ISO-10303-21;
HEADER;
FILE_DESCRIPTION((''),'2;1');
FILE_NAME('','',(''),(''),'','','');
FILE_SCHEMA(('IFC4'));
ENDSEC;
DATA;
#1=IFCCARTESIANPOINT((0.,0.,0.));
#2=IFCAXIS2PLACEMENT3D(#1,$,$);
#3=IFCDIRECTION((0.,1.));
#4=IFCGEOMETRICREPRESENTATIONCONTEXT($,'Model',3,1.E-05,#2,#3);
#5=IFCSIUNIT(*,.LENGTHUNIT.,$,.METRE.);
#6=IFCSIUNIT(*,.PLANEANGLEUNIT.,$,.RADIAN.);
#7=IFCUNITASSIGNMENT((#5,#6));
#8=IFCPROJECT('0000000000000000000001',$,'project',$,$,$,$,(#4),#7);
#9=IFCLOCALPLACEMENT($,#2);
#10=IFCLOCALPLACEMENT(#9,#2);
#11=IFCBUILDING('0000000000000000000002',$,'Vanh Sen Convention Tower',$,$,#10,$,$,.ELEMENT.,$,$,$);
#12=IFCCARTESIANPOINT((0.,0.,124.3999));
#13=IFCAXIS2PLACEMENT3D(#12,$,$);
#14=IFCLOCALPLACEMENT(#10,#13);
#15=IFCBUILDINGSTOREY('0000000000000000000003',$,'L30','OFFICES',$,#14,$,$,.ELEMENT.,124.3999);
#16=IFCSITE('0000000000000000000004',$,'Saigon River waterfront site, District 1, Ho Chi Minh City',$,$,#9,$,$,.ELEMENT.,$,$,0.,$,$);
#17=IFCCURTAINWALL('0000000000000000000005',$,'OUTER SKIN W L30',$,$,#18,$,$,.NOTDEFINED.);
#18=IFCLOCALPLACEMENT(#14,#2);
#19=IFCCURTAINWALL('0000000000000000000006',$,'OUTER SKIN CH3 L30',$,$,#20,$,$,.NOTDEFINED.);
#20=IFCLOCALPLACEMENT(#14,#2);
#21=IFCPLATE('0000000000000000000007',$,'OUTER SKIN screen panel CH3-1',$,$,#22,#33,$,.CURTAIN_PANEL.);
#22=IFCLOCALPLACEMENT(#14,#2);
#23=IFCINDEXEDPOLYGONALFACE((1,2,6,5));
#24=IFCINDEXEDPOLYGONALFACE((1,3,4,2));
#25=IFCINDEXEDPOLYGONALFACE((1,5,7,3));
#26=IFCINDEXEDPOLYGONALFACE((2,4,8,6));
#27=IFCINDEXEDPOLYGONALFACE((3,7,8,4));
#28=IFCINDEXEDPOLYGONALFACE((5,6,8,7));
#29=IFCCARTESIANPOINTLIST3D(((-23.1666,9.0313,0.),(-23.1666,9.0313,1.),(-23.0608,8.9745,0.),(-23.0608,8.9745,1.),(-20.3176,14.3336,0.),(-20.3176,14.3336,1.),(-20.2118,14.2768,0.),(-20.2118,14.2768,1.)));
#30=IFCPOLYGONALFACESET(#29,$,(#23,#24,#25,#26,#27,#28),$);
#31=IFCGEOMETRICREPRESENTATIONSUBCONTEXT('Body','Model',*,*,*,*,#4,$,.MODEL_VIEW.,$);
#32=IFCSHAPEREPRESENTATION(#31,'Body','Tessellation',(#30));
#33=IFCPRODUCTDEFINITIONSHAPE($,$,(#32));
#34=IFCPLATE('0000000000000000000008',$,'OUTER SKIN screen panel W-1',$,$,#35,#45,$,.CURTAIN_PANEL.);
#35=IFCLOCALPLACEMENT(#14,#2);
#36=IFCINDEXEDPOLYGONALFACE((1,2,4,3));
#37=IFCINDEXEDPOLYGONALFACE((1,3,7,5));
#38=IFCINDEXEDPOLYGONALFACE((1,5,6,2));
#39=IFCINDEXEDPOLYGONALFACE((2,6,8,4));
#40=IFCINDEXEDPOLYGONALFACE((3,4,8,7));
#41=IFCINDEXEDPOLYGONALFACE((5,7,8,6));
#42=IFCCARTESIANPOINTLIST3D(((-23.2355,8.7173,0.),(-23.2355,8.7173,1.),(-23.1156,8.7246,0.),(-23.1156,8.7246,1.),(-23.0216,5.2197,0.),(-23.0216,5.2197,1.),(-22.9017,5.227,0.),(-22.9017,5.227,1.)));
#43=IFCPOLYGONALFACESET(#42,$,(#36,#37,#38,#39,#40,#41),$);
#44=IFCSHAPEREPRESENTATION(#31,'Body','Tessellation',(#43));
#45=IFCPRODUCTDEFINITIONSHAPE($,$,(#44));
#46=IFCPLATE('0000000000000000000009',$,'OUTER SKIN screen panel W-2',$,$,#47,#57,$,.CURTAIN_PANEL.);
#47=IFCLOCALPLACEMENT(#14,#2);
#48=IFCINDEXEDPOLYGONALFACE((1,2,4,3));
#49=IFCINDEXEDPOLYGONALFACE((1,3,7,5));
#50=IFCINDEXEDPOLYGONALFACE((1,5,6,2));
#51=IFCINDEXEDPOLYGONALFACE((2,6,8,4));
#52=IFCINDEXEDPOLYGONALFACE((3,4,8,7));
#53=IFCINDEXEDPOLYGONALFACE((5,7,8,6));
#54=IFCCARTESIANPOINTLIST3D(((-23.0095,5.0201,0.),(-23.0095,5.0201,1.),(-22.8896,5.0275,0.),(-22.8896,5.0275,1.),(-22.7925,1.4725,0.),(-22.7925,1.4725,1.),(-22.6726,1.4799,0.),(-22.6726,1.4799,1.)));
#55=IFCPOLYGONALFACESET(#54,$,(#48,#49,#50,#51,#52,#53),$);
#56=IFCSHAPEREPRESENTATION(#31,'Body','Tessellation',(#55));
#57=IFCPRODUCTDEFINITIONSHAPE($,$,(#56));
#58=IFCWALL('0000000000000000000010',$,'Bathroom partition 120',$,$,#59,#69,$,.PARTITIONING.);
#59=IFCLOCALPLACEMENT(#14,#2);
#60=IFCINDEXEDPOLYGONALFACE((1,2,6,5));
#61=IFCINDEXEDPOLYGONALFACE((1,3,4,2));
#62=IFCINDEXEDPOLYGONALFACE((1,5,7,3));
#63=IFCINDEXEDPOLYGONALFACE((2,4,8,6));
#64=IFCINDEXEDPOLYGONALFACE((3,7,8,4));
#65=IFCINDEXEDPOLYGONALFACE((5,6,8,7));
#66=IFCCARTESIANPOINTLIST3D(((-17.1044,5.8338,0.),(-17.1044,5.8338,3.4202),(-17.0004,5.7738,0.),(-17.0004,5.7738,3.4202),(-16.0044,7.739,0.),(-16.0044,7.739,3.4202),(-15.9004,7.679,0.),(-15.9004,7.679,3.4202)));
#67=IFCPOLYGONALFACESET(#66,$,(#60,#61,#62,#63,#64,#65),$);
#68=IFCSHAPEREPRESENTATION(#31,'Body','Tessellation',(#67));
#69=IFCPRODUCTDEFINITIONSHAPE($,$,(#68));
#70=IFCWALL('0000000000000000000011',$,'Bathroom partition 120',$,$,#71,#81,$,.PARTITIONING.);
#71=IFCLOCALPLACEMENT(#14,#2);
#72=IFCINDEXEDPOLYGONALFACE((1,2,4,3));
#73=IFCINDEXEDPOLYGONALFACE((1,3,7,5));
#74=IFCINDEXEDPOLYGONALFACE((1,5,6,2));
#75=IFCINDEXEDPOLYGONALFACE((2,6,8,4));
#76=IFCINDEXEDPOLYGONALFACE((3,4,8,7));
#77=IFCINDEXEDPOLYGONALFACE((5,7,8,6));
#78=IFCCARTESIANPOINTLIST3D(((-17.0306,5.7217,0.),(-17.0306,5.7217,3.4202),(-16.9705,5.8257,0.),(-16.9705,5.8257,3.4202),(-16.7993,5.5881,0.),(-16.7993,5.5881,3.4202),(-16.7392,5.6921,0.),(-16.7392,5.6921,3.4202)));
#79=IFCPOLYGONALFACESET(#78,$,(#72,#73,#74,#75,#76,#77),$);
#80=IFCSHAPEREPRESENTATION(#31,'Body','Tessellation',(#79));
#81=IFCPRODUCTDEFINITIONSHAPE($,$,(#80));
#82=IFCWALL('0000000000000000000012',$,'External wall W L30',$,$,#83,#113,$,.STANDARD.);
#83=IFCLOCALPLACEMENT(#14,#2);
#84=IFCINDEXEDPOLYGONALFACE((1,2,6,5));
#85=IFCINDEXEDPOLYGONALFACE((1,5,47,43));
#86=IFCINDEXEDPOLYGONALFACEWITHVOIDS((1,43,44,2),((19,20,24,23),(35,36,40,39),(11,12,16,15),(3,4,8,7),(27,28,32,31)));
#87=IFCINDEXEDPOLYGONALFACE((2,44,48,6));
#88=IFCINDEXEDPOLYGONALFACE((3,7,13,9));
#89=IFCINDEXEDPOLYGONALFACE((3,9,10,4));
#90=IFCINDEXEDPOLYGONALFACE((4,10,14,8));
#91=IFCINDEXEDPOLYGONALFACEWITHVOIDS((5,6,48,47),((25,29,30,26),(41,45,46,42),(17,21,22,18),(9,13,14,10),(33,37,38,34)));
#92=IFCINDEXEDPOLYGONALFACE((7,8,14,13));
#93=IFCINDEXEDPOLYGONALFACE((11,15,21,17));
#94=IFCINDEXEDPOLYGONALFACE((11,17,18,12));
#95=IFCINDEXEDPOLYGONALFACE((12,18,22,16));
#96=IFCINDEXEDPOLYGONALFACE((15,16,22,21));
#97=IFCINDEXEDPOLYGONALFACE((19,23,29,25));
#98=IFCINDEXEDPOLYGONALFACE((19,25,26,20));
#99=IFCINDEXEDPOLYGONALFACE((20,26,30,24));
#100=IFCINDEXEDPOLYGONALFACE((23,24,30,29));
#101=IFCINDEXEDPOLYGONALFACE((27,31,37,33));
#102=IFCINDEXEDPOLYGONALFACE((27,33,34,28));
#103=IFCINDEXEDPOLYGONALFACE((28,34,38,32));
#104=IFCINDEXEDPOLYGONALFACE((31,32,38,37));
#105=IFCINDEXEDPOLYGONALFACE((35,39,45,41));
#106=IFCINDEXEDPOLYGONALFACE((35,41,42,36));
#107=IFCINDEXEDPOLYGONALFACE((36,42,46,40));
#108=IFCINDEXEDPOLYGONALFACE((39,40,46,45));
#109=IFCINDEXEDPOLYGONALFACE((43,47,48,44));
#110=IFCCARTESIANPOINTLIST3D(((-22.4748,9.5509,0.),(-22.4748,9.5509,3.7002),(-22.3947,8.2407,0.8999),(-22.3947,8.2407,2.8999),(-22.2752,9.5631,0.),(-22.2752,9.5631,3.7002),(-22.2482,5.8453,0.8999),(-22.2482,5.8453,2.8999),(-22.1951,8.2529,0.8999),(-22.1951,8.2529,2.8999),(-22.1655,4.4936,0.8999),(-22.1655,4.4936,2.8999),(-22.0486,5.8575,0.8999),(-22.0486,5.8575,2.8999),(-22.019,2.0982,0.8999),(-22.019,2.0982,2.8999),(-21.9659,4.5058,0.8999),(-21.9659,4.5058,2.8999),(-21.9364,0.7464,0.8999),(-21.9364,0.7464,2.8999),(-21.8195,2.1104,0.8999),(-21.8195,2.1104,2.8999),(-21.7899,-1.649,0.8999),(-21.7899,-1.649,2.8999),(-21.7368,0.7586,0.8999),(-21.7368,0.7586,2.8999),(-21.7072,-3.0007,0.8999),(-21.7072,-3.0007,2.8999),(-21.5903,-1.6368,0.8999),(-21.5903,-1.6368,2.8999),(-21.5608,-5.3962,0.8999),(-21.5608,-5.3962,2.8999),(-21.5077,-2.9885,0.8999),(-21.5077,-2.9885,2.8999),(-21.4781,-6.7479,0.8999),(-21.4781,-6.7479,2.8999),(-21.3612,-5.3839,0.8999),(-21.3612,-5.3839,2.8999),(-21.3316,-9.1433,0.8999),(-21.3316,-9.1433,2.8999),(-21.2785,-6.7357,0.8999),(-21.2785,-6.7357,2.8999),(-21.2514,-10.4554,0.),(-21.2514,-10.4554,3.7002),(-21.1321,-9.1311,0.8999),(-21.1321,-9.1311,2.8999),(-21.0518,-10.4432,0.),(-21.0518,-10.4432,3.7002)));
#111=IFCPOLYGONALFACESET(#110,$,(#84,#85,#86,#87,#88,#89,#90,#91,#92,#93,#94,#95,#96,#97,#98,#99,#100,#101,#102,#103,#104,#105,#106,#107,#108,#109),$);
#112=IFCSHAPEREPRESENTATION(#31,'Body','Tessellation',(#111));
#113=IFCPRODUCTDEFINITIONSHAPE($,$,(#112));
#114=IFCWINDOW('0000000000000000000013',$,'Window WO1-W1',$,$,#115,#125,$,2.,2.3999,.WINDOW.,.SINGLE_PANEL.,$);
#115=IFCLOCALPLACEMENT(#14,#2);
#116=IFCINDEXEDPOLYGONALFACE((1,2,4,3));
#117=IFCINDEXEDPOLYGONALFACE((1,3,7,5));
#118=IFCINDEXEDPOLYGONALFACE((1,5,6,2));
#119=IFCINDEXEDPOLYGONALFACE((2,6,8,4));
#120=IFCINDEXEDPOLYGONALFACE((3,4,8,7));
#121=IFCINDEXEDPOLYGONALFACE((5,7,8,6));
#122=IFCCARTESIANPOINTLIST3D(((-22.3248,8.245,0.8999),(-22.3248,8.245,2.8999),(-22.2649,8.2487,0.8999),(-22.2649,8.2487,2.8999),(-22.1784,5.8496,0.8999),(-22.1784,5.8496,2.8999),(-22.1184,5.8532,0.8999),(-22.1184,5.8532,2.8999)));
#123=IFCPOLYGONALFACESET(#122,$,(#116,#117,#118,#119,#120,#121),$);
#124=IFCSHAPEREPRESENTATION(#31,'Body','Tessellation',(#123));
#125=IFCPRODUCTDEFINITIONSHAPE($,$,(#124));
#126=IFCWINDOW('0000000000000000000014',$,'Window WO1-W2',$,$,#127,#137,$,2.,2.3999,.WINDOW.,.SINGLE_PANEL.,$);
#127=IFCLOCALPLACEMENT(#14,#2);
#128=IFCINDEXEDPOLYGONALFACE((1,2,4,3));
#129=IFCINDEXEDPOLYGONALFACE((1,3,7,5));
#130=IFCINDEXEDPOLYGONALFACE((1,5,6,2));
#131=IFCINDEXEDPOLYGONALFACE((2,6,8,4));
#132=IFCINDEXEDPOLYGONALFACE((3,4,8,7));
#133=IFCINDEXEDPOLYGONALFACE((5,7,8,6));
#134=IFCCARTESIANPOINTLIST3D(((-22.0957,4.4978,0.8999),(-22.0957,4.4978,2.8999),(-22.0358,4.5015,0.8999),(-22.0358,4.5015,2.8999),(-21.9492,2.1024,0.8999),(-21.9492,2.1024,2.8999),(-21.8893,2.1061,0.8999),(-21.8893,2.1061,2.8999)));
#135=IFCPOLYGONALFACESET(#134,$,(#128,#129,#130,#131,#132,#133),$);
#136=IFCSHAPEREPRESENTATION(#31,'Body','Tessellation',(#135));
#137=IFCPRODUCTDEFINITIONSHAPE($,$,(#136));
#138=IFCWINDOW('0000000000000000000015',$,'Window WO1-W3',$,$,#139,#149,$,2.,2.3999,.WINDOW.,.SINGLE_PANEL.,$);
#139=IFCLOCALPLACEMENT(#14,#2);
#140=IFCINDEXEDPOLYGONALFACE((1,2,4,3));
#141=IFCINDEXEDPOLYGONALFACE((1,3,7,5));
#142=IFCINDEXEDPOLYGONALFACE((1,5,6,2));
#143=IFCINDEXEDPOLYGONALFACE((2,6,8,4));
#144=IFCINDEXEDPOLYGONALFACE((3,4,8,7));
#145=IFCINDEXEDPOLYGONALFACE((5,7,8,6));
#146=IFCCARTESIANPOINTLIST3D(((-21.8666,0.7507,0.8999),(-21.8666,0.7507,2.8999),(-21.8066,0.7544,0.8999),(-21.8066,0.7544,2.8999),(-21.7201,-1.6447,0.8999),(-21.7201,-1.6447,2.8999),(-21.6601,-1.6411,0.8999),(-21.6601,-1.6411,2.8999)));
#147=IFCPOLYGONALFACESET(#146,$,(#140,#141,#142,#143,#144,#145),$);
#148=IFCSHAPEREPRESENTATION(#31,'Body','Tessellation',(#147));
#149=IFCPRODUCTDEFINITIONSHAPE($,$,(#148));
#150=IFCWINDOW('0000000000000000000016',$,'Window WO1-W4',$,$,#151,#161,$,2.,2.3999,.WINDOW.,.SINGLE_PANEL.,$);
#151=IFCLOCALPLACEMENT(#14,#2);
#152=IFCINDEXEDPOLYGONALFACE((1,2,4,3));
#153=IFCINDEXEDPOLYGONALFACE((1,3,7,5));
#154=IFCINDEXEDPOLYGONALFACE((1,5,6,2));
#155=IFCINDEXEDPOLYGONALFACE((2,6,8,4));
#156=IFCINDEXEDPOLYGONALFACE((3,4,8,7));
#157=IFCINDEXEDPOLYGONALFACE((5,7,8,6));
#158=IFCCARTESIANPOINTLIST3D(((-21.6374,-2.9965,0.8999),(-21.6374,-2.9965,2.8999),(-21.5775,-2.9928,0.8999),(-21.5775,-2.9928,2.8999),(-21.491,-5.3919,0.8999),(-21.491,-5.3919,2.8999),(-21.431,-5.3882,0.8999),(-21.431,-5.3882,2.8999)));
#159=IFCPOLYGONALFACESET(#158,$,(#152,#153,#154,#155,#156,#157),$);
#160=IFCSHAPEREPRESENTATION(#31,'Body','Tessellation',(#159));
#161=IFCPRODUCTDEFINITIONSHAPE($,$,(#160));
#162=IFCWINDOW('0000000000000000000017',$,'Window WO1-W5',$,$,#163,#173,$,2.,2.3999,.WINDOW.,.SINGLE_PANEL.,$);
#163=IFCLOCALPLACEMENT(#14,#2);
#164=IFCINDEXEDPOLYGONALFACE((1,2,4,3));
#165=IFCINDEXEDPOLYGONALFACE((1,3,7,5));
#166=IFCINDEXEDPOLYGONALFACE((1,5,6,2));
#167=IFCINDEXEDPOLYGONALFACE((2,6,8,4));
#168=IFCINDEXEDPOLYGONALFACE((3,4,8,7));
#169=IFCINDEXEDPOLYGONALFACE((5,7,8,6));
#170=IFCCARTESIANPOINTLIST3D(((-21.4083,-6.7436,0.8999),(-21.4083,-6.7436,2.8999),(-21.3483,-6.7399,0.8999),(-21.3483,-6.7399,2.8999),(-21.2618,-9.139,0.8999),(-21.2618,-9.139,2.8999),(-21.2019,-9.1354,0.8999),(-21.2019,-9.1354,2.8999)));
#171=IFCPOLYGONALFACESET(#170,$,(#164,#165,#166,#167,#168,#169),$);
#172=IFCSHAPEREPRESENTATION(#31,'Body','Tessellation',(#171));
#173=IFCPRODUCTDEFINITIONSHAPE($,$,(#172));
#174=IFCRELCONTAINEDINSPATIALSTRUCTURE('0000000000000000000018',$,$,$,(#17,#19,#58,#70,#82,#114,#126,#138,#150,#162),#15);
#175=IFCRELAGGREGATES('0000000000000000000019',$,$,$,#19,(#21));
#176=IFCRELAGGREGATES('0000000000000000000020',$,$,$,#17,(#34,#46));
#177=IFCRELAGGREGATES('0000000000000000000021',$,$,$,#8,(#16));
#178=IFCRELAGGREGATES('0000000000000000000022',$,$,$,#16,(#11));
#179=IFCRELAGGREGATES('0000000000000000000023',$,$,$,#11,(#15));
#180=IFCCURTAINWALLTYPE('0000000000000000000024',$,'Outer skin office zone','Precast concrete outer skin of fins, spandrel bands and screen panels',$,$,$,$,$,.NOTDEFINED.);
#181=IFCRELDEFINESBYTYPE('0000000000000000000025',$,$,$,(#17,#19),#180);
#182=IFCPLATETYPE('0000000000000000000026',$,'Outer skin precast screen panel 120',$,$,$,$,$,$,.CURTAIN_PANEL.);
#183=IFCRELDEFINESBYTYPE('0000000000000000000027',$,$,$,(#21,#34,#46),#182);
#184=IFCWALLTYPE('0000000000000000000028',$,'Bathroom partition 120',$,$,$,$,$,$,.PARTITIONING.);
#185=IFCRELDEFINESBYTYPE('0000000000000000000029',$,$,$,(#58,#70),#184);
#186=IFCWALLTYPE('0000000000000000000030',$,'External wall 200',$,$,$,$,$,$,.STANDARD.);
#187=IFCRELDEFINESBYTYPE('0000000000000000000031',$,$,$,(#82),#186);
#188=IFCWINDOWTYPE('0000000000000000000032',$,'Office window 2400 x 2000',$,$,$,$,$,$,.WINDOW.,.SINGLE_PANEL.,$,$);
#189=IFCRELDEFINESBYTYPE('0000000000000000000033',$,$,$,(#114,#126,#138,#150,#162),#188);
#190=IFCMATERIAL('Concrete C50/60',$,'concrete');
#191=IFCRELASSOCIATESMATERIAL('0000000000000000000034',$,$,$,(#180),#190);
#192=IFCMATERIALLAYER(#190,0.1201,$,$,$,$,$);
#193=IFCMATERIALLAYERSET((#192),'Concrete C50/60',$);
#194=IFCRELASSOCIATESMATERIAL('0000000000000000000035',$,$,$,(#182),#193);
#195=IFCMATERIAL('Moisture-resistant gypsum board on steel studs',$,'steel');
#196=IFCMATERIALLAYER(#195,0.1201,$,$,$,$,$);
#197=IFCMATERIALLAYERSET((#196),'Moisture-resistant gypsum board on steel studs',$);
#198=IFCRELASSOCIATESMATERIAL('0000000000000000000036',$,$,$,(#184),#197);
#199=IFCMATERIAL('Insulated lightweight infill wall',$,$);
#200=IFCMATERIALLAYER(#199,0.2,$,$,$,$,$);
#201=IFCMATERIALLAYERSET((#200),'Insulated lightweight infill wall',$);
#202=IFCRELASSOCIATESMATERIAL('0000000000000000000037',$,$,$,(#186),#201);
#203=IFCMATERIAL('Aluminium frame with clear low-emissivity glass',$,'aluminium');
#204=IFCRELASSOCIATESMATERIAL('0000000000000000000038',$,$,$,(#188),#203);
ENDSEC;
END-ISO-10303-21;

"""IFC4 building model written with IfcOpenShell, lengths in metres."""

from ifc_helpers import new_model, si_unit, direction, frame, frame_2d, origin, origin_2d, place, context, subcontext, project, spatial, rectangle, extrude, material, layer, layer_set, type_object, element, fill, aggregate, save


model = new_model("IFC4")

# Units and contexts
model_context = context("Model", 3, precision=1e-05, world=origin(), true_north=direction((0.0, 1.0)))
body_context = subcontext(model_context, "Body", "Model", "MODEL_VIEW")
ifc_project = project(units=[si_unit("LENGTHUNIT", "METRE"), si_unit("PLANEANGLEUNIT", "RADIAN")], contexts=[model_context])

# Site, building, storey
site_placement = place(None, origin())
site = spatial("IfcSite", under=ifc_project, at=site_placement, Name="Saigon River waterfront site, District 1, Ho Chi Minh City", CompositionType="ELEMENT", RefElevation=0.0)
building_placement = place(site_placement, origin())
building = spatial("IfcBuilding", under=site, at=building_placement, Name="Vanh Sen Convention Tower", CompositionType="ELEMENT")
storey_placement = place(building_placement, frame((0.0, 0.0, 124.3999)))
storey = spatial("IfcBuildingStorey", under=building, at=storey_placement, Name="L30", Description="OFFICES", CompositionType="ELEMENT", Elevation=124.3999)

# Curtain wall
ifc_material_1 = material(Name="Concrete C50/60", Category="concrete")
curtain_wall_type = type_object("IfcCurtainWallType", Name="Outer skin office zone", Description="Precast concrete outer skin of fins, spandrel bands and screen panels", PredefinedType="NOTDEFINED", material=ifc_material_1)
curtain_wall_1_placement = place(storey_placement, origin())
curtain_wall_1 = element("IfcCurtainWall", 1, at=curtain_wall_1_placement, inside=storey, type_object=curtain_wall_type, Name="OUTER SKIN W L30", PredefinedType="NOTDEFINED")

# Curtain wall, plate
curtain_wall_2_placement = place(storey_placement, origin())
curtain_wall_2 = element("IfcCurtainWall", 2, at=curtain_wall_2_placement, inside=storey, type_object=curtain_wall_type, Name="OUTER SKIN CH3 L30", PredefinedType="NOTDEFINED")
ifc_layer_1 = layer(ifc_material_1, 0.1201)
ifc_layer_set_1 = layer_set([ifc_layer_1], Name="Concrete C50/60")
plate_type = type_object("IfcPlateType", Name="Outer skin precast screen panel 120", PredefinedType="CURTAIN_PANEL", material=ifc_layer_set_1)
plate_1_placement = place(storey_placement, frame((-21.6892, 11.6541, 0.0), z_axis=(0.0, 0.0, 1.0), x_axis=(-0.473318, -0.880892, 0.0)))
plate_1 = element("IfcPlate", 3, at=plate_1_placement, type_object=plate_type, Name="OUTER SKIN screen panel CH3-1", PredefinedType="CURTAIN_PANEL", context=body_context, shape_type="SweptSolid", body=[
    extrude(rectangle(XDim=6.0193, YDim=0.1201, at=origin_2d()), origin(), (0.0, 0.0, 1.0), 1.0),
])
aggregate(curtain_wall_2, [plate_1])

# Plates
plate_2_placement = place(storey_placement, frame((-23.0686, 6.9722, 0.0), z_axis=(0.0, 0.0, 1.0), x_axis=(0.061054, -0.998134, 0.0)))
plate_2 = element("IfcPlate", 4, at=plate_2_placement, type_object=plate_type, Name="OUTER SKIN screen panel W-1", PredefinedType="CURTAIN_PANEL", context=body_context, shape_type="SweptSolid", body=[
    extrude(rectangle(XDim=3.5042, YDim=0.1201, at=origin_2d()), origin(), (0.0, 0.0, 1.0), 1.0),
])
plate_3_placement = place(storey_placement, frame((-22.8411, 3.25, 0.0), z_axis=(0.0, 0.0, 1.0), x_axis=(0.061052, -0.998135, 0.0)))
plate_3 = element("IfcPlate", 5, at=plate_3_placement, type_object=plate_type, Name="OUTER SKIN screen panel W-2", PredefinedType="CURTAIN_PANEL", context=body_context, shape_type="SweptSolid", body=[
    extrude(rectangle(XDim=3.5542, YDim=0.1201, at=origin_2d()), origin(), (0.0, 0.0, 1.0), 1.0),
])
aggregate(curtain_wall_1, [plate_2, plate_3])

# Walls
ifc_material_2 = material(Name="Moisture-resistant gypsum board on steel studs", Category="steel")
ifc_layer_2 = layer(ifc_material_2, 0.1201)
ifc_layer_set_2 = layer_set([ifc_layer_2], Name="Moisture-resistant gypsum board on steel studs")
wall_type_1 = type_object("IfcWallType", Name="Bathroom partition 120", PredefinedType="PARTITIONING", material=ifc_layer_set_2)
wall_1_placement = place(storey_placement, frame((-17.0525, 5.8037, 0.0), z_axis=(0.0, 0.0, 1.0), x_axis=(0.50003, 0.866008, 0.0)))
element("IfcWall", 6, at=wall_1_placement, inside=storey, type_object=wall_type_1, Name="Bathroom partition 120", PredefinedType="PARTITIONING", context=body_context, shape_type="SweptSolid", body=[
    extrude(rectangle(XDim=2.2, YDim=0.1201, at=frame_2d((1.1001, 0.0))), origin(), (0.0, 0.0, 1.0), 3.4202),
])
wall_2_placement = place(storey_placement, frame((-16.7693, 5.6401, 0.0), z_axis=(0.0, 0.0, 1.0), x_axis=(-0.865927, 0.500171, 0.0)))
element("IfcWall", 7, at=wall_2_placement, inside=storey, type_object=wall_type_1, Name="Bathroom partition 120", PredefinedType="PARTITIONING", context=body_context, shape_type="SweptSolid", body=[
    extrude(rectangle(XDim=0.2671, YDim=0.1201, at=frame_2d((0.1335, 0.0))), origin(), (0.0, 0.0, 1.0), 3.4202),
])

# Wall, openings, windows
ifc_material_3 = material(Name="Insulated lightweight infill wall")
ifc_layer_3 = layer(ifc_material_3, 0.2)
ifc_layer_set_3 = layer_set([ifc_layer_3], Name="Insulated lightweight infill wall")
wall_type_2 = type_object("IfcWallType", Name="External wall 200", PredefinedType="STANDARD", material=ifc_layer_set_3)
wall_3_placement = place(storey_placement, frame((-22.375, 9.5571, 0.0), z_axis=(0.0, 0.0, 1.0), x_axis=(0.061036, -0.998136, 0.0)))
wall_3 = element("IfcWall", 8, at=wall_3_placement, inside=storey, type_object=wall_type_2, Name="External wall W L30", PredefinedType="STANDARD", context=body_context, shape_type="SweptSolid", body=[
    extrude(rectangle(XDim=20.0437, YDim=0.2, at=frame_2d((10.022, 0.0))), origin(), (0.0, 0.0, 1.0), 3.7002),
])
opening_1_placement = place(wall_3_placement, frame((1.3127, 0.0, 0.8999)))
opening_1 = element("IfcOpeningElement", 9, at=opening_1_placement, cuts=wall_3, PredefinedType="OPENING", context=body_context, shape_type="SweptSolid", body=[
    extrude(rectangle(XDim=2.3999, YDim=2.0, at=frame_2d((1.2, 1.0))), frame((0.0, 0.1099, 0.0), z_axis=(0.0, -1.0, 0.0), x_axis=(1.0, 0.0, 0.0)), (0.0, 0.0, 1.0), 0.22),
])
opening_2_placement = place(wall_3_placement, frame((5.0669, 0.0, 0.8999)))
opening_2 = element("IfcOpeningElement", 10, at=opening_2_placement, cuts=wall_3, PredefinedType="OPENING", context=body_context, shape_type="SweptSolid", body=[
    extrude(rectangle(XDim=2.3999, YDim=2.0, at=frame_2d((1.2, 1.0))), frame((0.0, 0.1099, 0.0), z_axis=(0.0, -1.0, 0.0), x_axis=(1.0, 0.0, 0.0)), (0.0, 0.0, 1.0), 0.22),
])
opening_3_placement = place(wall_3_placement, frame((8.821, 0.0, 0.8999)))
opening_3 = element("IfcOpeningElement", 11, at=opening_3_placement, cuts=wall_3, PredefinedType="OPENING", context=body_context, shape_type="SweptSolid", body=[
    extrude(rectangle(XDim=2.3999, YDim=2.0, at=frame_2d((1.2, 1.0))), frame((0.0, 0.1099, 0.0), z_axis=(0.0, -1.0, 0.0), x_axis=(1.0, 0.0, 0.0)), (0.0, 0.0, 1.0), 0.22),
])
opening_4_placement = place(wall_3_placement, frame((12.5752, 0.0, 0.8999)))
opening_4 = element("IfcOpeningElement", 12, at=opening_4_placement, cuts=wall_3, PredefinedType="OPENING", context=body_context, shape_type="SweptSolid", body=[
    extrude(rectangle(XDim=2.3999, YDim=2.0, at=frame_2d((1.2, 1.0))), frame((0.0, 0.1099, 0.0), z_axis=(0.0, -1.0, 0.0), x_axis=(1.0, 0.0, 0.0)), (0.0, 0.0, 1.0), 0.22),
])
opening_5_placement = place(wall_3_placement, frame((16.3293, 0.0, 0.8999)))
opening_5 = element("IfcOpeningElement", 13, at=opening_5_placement, cuts=wall_3, PredefinedType="OPENING", context=body_context, shape_type="SweptSolid", body=[
    extrude(rectangle(XDim=2.3999, YDim=2.0, at=frame_2d((1.2, 1.0))), frame((0.0, 0.1099, 0.0), z_axis=(0.0, -1.0, 0.0), x_axis=(1.0, 0.0, 0.0)), (0.0, 0.0, 1.0), 0.22),
])
ifc_material_4 = material(Name="Aluminium frame with clear low-emissivity glass", Category="aluminium")
window_type = type_object("IfcWindowType", Name="Office window 2400 x 2000", PartitioningType="SINGLE_PANEL", PredefinedType="WINDOW", material=ifc_material_4)
window_1_placement = place(opening_1_placement, origin())
window_1 = element("IfcWindow", 14, at=window_1_placement, inside=storey, type_object=window_type, Name="Window WO1-W1", OverallHeight=2.0, OverallWidth=2.3999, PartitioningType="SINGLE_PANEL", PredefinedType="WINDOW", context=body_context, shape_type="SweptSolid", body=[
    extrude(rectangle(XDim=2.3999, YDim=2.0, at=frame_2d((1.2, 1.0))), frame((0.0, 0.03, 0.0), z_axis=(0.0, -1.0, 0.0), x_axis=(1.0, 0.0, 0.0)), (0.0, 0.0, 1.0), 0.0601),
])
fill(opening_1, window_1)
window_2_placement = place(opening_2_placement, origin())
window_2 = element("IfcWindow", 15, at=window_2_placement, inside=storey, type_object=window_type, Name="Window WO1-W2", OverallHeight=2.0, OverallWidth=2.3999, PartitioningType="SINGLE_PANEL", PredefinedType="WINDOW", context=body_context, shape_type="SweptSolid", body=[
    extrude(rectangle(XDim=2.3999, YDim=2.0, at=frame_2d((1.2, 1.0))), frame((0.0, 0.03, 0.0), z_axis=(0.0, -1.0, 0.0), x_axis=(1.0, 0.0, 0.0)), (0.0, 0.0, 1.0), 0.0601),
])
fill(opening_2, window_2)
window_3_placement = place(opening_3_placement, origin())
window_3 = element("IfcWindow", 16, at=window_3_placement, inside=storey, type_object=window_type, Name="Window WO1-W3", OverallHeight=2.0, OverallWidth=2.3999, PartitioningType="SINGLE_PANEL", PredefinedType="WINDOW", context=body_context, shape_type="SweptSolid", body=[
    extrude(rectangle(XDim=2.3999, YDim=2.0, at=frame_2d((1.2, 1.0))), frame((0.0, 0.03, 0.0), z_axis=(0.0, -1.0, 0.0), x_axis=(1.0, 0.0, 0.0)), (0.0, 0.0, 1.0), 0.0601),
])
fill(opening_3, window_3)
window_4_placement = place(opening_4_placement, origin())
window_4 = element("IfcWindow", 17, at=window_4_placement, inside=storey, type_object=window_type, Name="Window WO1-W4", OverallHeight=2.0, OverallWidth=2.3999, PartitioningType="SINGLE_PANEL", PredefinedType="WINDOW", context=body_context, shape_type="SweptSolid", body=[
    extrude(rectangle(XDim=2.3999, YDim=2.0, at=frame_2d((1.2, 1.0))), frame((0.0, 0.03, 0.0), z_axis=(0.0, -1.0, 0.0), x_axis=(1.0, 0.0, 0.0)), (0.0, 0.0, 1.0), 0.0601),
])
fill(opening_4, window_4)
window_5_placement = place(opening_5_placement, origin())
window_5 = element("IfcWindow", 18, at=window_5_placement, inside=storey, type_object=window_type, Name="Window WO1-W5", OverallHeight=2.0, OverallWidth=2.3999, PartitioningType="SINGLE_PANEL", PredefinedType="WINDOW", context=body_context, shape_type="SweptSolid", body=[
    extrude(rectangle(XDim=2.3999, YDim=2.0, at=frame_2d((1.2, 1.0))), frame((0.0, 0.03, 0.0), z_axis=(0.0, -1.0, 0.0), x_axis=(1.0, 0.0, 0.0)), (0.0, 0.0, 1.0), 0.0601),
])
fill(opening_5, window_5)

save(model, "model.ifc")
